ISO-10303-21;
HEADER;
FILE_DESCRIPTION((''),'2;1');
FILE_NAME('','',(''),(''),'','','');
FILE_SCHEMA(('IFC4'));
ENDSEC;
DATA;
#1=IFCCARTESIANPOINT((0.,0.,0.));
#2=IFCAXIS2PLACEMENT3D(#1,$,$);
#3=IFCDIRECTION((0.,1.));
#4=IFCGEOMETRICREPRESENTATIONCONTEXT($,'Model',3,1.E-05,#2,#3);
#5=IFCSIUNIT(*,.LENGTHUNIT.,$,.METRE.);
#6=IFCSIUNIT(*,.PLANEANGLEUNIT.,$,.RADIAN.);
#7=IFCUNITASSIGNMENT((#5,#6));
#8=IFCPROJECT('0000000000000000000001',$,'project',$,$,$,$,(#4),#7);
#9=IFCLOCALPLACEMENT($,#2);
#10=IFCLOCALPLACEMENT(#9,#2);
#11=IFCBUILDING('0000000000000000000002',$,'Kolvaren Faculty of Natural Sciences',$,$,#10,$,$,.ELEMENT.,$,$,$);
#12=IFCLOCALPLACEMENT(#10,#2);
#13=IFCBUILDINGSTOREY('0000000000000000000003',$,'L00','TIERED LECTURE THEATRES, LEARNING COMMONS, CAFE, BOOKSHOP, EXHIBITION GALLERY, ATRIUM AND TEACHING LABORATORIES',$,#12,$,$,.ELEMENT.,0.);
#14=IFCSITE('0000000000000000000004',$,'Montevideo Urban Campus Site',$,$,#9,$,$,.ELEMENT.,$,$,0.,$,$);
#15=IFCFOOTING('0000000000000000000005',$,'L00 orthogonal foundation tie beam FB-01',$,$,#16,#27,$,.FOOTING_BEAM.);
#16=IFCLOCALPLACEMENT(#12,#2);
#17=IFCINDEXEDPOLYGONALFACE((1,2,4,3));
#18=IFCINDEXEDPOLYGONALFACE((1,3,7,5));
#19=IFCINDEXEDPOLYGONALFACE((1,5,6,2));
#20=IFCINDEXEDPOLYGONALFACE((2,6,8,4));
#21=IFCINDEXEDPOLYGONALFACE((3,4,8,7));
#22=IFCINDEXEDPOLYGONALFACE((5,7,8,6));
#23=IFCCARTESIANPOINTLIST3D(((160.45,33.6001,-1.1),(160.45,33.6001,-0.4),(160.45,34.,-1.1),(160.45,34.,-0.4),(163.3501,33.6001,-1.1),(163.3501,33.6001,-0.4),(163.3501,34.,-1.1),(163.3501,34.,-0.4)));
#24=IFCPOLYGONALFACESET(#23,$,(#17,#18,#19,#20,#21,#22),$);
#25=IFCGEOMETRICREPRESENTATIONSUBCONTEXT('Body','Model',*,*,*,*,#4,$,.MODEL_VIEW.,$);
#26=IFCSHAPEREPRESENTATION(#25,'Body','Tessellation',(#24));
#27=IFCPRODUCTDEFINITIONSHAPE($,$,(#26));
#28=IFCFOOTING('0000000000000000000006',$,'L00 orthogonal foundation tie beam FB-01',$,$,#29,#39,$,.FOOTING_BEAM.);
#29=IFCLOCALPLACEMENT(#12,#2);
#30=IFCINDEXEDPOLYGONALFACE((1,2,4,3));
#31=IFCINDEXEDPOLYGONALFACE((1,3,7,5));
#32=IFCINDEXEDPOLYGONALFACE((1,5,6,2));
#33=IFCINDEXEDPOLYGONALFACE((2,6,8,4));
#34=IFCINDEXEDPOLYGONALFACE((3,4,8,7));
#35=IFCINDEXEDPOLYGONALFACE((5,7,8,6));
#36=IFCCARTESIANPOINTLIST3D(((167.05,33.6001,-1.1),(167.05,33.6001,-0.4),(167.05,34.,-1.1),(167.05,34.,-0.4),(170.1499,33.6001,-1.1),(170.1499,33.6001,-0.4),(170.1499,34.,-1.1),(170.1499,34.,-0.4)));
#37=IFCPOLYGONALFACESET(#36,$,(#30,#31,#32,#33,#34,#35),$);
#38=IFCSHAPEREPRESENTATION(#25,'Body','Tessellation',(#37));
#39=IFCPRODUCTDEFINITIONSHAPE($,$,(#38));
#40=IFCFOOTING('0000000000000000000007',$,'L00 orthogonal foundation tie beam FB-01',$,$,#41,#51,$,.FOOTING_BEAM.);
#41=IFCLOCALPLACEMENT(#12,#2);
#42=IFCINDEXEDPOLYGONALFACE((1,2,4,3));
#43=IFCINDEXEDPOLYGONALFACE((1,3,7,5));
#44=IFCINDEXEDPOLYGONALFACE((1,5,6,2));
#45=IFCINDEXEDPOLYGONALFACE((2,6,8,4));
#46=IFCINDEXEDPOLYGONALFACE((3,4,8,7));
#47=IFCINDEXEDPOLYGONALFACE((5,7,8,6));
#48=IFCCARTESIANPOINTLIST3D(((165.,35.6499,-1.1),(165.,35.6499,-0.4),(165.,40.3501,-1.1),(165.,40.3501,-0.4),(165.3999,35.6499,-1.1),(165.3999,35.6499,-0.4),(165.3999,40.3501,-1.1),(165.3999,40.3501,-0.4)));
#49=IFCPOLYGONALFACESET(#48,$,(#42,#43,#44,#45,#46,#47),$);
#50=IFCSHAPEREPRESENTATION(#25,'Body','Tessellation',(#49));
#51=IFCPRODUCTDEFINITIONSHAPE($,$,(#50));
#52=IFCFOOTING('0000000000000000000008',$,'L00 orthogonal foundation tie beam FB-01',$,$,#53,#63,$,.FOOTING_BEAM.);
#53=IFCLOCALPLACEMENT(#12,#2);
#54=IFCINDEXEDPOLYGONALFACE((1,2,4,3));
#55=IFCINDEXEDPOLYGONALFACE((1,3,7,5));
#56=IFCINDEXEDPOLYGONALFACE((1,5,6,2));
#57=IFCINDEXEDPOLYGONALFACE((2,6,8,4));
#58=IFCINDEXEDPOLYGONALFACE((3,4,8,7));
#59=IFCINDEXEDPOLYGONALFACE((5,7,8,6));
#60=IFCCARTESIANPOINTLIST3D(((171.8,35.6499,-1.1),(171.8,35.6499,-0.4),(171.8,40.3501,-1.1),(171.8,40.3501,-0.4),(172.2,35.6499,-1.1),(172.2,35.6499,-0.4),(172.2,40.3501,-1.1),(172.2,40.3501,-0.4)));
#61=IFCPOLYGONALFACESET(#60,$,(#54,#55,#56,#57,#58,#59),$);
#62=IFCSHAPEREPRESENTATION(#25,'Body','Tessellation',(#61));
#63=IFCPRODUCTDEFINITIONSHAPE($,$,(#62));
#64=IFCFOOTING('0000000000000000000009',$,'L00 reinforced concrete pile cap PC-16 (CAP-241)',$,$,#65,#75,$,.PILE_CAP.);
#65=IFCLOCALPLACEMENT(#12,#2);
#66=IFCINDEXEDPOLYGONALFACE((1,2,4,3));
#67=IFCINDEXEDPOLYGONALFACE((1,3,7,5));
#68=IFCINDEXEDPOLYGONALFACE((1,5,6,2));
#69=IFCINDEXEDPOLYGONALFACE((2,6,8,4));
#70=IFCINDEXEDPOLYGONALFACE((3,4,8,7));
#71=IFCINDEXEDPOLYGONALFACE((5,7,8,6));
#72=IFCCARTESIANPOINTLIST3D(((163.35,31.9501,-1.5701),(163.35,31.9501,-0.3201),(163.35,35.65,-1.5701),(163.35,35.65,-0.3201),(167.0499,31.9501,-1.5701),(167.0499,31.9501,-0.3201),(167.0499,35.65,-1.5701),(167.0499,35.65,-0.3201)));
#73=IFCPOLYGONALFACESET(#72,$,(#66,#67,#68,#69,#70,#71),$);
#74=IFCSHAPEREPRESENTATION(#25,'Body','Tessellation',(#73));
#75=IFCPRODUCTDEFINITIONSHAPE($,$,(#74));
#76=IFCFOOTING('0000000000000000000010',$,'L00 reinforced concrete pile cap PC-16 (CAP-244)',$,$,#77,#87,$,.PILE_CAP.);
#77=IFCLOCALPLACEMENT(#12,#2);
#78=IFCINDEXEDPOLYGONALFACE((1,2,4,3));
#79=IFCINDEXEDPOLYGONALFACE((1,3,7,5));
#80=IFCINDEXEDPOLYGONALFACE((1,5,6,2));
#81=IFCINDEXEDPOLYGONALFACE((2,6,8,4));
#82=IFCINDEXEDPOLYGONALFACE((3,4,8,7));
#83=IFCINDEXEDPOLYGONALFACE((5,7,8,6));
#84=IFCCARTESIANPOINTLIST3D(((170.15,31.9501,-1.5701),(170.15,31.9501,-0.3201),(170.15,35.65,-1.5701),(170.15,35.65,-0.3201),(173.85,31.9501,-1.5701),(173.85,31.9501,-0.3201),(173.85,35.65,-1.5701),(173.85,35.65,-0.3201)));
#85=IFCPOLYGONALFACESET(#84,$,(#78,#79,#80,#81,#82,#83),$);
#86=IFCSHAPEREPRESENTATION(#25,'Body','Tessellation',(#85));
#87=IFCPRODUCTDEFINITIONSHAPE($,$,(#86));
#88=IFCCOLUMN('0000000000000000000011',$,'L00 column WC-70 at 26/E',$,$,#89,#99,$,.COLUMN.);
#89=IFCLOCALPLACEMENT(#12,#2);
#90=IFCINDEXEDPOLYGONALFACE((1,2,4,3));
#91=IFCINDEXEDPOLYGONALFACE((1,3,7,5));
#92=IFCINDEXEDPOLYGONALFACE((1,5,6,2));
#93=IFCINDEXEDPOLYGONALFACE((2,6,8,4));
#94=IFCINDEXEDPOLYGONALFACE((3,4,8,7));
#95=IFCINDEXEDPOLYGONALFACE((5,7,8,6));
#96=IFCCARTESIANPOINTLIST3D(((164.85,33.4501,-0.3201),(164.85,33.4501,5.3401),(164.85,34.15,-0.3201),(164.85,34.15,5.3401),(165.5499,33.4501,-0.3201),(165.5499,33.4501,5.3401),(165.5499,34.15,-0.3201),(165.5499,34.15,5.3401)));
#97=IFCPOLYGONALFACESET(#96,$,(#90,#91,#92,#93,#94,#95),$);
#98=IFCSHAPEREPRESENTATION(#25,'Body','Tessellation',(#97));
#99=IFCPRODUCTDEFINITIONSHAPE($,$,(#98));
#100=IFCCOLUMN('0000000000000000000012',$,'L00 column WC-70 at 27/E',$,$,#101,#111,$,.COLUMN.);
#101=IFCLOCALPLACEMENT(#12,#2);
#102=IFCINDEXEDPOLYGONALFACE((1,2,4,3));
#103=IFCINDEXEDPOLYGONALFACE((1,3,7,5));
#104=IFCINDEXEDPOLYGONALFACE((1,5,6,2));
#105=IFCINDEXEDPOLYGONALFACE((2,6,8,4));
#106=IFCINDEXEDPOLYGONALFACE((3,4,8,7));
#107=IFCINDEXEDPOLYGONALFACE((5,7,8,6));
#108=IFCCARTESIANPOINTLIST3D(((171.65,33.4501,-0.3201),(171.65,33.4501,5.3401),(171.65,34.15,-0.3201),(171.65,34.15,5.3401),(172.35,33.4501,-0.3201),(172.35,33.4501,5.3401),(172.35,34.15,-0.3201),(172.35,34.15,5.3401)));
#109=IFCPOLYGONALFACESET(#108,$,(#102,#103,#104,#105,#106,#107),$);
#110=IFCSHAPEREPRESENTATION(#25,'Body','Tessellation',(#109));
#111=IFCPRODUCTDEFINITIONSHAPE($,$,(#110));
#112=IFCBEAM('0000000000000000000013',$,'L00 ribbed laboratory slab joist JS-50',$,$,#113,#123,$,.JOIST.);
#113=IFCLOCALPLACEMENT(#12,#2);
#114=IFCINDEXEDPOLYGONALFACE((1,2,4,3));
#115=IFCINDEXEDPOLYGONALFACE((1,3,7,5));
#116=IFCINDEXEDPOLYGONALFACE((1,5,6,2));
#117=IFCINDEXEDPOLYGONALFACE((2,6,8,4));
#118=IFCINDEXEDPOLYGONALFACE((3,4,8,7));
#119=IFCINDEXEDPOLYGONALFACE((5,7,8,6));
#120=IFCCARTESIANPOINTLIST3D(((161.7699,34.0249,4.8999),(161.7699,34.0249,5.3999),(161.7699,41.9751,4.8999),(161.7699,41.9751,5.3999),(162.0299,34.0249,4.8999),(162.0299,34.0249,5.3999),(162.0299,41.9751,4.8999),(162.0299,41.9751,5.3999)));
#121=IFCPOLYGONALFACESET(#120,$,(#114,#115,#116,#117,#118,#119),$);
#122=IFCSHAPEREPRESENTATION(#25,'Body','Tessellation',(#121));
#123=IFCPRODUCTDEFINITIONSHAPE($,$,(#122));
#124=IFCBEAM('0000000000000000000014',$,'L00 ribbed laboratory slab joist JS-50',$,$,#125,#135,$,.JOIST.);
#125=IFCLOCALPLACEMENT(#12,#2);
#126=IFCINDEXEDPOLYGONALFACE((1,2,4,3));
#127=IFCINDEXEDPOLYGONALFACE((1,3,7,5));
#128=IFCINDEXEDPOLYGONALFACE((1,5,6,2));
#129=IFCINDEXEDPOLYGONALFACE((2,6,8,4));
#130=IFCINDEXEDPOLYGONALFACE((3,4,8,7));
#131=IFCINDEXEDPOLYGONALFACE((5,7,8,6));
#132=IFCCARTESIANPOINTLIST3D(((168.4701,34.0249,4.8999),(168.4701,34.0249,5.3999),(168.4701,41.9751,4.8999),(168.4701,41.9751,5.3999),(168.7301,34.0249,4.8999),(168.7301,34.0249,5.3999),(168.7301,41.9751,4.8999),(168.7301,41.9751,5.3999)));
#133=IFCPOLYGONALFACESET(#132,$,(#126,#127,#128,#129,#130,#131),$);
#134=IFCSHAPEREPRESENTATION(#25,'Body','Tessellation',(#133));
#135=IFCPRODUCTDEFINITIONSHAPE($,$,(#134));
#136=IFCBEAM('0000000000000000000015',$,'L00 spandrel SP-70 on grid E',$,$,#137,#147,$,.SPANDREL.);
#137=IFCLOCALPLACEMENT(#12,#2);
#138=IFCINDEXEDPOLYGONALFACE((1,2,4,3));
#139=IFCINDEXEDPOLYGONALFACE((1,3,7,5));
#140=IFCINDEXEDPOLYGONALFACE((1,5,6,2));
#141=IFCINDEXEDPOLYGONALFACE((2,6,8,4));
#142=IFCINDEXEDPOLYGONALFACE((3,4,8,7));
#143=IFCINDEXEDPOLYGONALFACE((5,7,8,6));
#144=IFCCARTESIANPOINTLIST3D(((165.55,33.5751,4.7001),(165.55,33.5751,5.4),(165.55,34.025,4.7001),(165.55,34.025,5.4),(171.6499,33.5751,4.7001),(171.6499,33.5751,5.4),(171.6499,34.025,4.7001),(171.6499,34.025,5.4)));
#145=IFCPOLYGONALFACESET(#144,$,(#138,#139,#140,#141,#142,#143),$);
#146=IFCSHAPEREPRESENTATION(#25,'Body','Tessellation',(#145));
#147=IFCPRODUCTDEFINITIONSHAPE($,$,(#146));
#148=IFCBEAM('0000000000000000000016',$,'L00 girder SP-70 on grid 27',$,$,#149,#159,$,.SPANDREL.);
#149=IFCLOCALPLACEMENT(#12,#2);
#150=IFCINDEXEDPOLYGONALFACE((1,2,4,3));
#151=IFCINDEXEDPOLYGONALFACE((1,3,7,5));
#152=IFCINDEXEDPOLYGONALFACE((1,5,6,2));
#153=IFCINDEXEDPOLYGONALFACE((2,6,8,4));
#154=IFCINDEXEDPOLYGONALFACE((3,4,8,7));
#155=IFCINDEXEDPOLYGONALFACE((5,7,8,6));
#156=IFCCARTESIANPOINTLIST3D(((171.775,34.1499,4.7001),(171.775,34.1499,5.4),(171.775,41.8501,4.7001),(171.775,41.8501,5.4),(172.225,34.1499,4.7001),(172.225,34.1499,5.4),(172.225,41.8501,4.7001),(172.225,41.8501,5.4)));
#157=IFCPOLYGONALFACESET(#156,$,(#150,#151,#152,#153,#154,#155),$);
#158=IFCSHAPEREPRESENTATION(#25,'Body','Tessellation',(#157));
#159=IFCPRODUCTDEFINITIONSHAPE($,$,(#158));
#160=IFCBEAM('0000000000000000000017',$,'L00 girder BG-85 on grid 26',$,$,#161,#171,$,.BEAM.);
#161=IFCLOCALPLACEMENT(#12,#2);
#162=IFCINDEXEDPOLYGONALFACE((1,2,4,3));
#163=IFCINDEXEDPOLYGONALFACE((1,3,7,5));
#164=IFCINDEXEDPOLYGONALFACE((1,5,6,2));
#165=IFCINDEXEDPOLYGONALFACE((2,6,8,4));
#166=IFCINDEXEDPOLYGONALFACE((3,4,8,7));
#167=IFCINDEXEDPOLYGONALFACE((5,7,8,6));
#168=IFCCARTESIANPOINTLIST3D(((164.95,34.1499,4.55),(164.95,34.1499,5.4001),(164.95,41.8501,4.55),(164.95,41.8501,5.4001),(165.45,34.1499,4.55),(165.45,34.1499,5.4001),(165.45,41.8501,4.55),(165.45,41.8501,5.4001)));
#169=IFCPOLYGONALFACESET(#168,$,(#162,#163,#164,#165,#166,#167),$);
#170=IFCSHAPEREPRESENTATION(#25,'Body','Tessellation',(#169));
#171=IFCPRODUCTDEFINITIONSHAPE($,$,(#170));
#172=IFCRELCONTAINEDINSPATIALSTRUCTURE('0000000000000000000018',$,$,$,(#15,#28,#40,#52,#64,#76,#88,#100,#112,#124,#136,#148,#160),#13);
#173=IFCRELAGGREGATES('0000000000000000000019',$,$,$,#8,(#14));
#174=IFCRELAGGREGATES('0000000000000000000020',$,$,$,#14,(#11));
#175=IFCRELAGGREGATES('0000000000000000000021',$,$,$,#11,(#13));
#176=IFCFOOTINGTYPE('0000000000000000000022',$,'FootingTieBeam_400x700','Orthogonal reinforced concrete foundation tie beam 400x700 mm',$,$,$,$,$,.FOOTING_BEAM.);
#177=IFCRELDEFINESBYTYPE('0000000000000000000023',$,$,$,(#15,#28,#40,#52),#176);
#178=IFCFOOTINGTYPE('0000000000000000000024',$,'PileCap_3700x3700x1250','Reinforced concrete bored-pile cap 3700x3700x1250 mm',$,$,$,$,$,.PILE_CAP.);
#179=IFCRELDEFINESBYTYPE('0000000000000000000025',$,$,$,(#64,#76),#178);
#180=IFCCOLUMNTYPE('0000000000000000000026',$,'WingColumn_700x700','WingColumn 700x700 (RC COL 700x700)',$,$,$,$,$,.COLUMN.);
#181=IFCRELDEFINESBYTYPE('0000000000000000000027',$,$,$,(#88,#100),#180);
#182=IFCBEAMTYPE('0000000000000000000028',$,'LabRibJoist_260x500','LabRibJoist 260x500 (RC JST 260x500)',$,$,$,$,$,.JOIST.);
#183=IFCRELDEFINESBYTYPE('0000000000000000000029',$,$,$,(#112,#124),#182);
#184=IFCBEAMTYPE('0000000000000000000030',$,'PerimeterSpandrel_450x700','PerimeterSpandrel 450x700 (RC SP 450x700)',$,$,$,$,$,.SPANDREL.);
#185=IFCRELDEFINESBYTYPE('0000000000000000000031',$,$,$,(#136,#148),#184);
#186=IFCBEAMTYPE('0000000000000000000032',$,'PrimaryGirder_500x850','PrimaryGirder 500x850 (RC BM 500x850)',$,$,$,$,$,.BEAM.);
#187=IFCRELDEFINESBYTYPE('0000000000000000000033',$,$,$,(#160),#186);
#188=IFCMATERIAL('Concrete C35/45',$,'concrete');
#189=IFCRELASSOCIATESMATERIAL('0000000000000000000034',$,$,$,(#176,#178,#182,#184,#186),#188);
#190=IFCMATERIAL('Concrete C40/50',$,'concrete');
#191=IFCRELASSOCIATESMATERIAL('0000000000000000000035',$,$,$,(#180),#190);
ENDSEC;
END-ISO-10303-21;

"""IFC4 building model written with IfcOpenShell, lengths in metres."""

from ifc_helpers import new_model, si_unit, direction, frame, origin, origin_2d, place, context, subcontext, project, spatial, rectangle, extrude, material, material_profile, profile_set, type_object, element, save


model = new_model("IFC4")

# Units and contexts
model_context = context("Model", 3, precision=1e-05, world=origin(), true_north=direction((0.0, 1.0)))
body_context = subcontext(model_context, "Body", "Model", "MODEL_VIEW")
ifc_project = project(units=[si_unit("LENGTHUNIT", "METRE"), si_unit("PLANEANGLEUNIT", "RADIAN")], contexts=[model_context])

# Site, building, storey
site_placement = place(None, origin())
site = spatial("IfcSite", under=ifc_project, at=site_placement, Name="Montevideo Urban Campus Site", CompositionType="ELEMENT", RefElevation=0.0)
building_placement = place(site_placement, origin())
building = spatial("IfcBuilding", under=site, at=building_placement, Name="Kolvaren Faculty of Natural Sciences", CompositionType="ELEMENT")
storey_placement = place(building_placement, origin())
storey = spatial("IfcBuildingStorey", under=building, at=storey_placement, Name="L00", Description="TIERED LECTURE THEATRES, LEARNING COMMONS, CAFE, BOOKSHOP, EXHIBITION GALLERY, ATRIUM AND TEACHING LABORATORIES", CompositionType="ELEMENT", Elevation=0.0)

# Shared definitions
ifc_material_1 = material(Name="Concrete C35/45", Category="concrete")

# Footings
ifc_material_profile_1 = material_profile(ifc_material_1, rectangle(XDim=0.3999, YDim=0.7, at=origin_2d()), Name="RC FB 400x700")
ifc_profile_set_1 = profile_set([ifc_material_profile_1], Name="Concrete C35/45")
footing_type_1 = type_object("IfcFootingType", Name="FootingTieBeam_400x700", Description="Orthogonal reinforced concrete foundation tie beam 400x700 mm", PredefinedType="FOOTING_BEAM", material=ifc_profile_set_1)
footing_1_placement = place(storey_placement, frame((160.45, 33.8, -0.75), z_axis=(1.0, 0.0, 0.0), x_axis=(0.0, 1.0, 0.0)))
element("IfcFooting", 1, at=footing_1_placement, inside=storey, type_object=footing_type_1, Name="L00 orthogonal foundation tie beam FB-01", PredefinedType="FOOTING_BEAM", context=body_context, shape_type="SweptSolid", body=[
    extrude(rectangle(XDim=0.3999, YDim=0.7, at=origin_2d()), origin(), (0.0, 0.0, 1.0), 2.9001),
])
footing_2_placement = place(storey_placement, frame((167.05, 33.8, -0.75), z_axis=(1.0, 0.0, 0.0), x_axis=(0.0, 1.0, 0.0)))
element("IfcFooting", 2, at=footing_2_placement, inside=storey, type_object=footing_type_1, Name="L00 orthogonal foundation tie beam FB-01", PredefinedType="FOOTING_BEAM", context=body_context, shape_type="SweptSolid", body=[
    extrude(rectangle(XDim=0.3999, YDim=0.7, at=origin_2d()), origin(), (0.0, 0.0, 1.0), 3.0999),
])
for number, where, z_axis, x_axis, name in (
    (3, (165.2, 35.6499, -0.75), (0.0, 1.0, 0.0), (-1.0, 0.0, 0.0), "L00 orthogonal foundation tie beam FB-01"),
    (4, (172.0, 35.6499, -0.75), (0.0, 1.0, 0.0), (-1.0, 0.0, 0.0), "L00 orthogonal foundation tie beam FB-01"),
):
    element("IfcFooting", number, at=place(storey_placement, frame(where, z_axis=z_axis, x_axis=x_axis)), inside=storey, type_object=footing_type_1, Name=name, PredefinedType="FOOTING_BEAM", context=body_context, shape_type="SweptSolid", body=[
        extrude(rectangle(XDim=0.3999, YDim=0.7, at=origin_2d()), origin(), (0.0, 0.0, 1.0), 4.7002),
    ])
footing_type_2 = type_object("IfcFootingType", Name="PileCap_3700x3700x1250", Description="Reinforced concrete bored-pile cap 3700x3700x1250 mm", PredefinedType="PILE_CAP", material=ifc_material_1)
for number, where, z_axis, x_axis, name in (
    (5, (165.2, 33.8, -1.5701), (0.0, 0.0, 1.0), (1.0, 0.0, 0.0), "L00 reinforced concrete pile cap PC-16 (CAP-241)"),
    (6, (172.0, 33.8, -1.5701), (0.0, 0.0, 1.0), (1.0, 0.0, 0.0), "L00 reinforced concrete pile cap PC-16 (CAP-244)"),
):
    element("IfcFooting", number, at=place(storey_placement, frame(where, z_axis=z_axis, x_axis=x_axis)), inside=storey, type_object=footing_type_2, Name=name, PredefinedType="PILE_CAP", context=body_context, shape_type="SweptSolid", body=[
        extrude(rectangle(XDim=3.7, YDim=3.7, at=origin_2d()), origin(), (0.0, 0.0, 1.0), 1.25),
    ])

# Columns
ifc_material_2 = material(Name="Concrete C40/50", Category="concrete")
ifc_material_profile_2 = material_profile(ifc_material_2, rectangle(XDim=0.7, YDim=0.7, at=origin_2d()), Name="RC COL 700x700")
ifc_profile_set_2 = profile_set([ifc_material_profile_2], Name="Concrete C40/50")
column_type = type_object("IfcColumnType", Name="WingColumn_700x700", Description="WingColumn 700x700 (RC COL 700x700)", PredefinedType="COLUMN", material=ifc_profile_set_2)
for number, where, z_axis, x_axis, name in (
    (7, (165.2, 33.8, -0.3201), (0.0, 0.0, 1.0), (1.0, 0.0, 0.0), "L00 column WC-70 at 26/E"),
    (8, (172.0, 33.8, -0.3201), (0.0, 0.0, 1.0), (1.0, 0.0, 0.0), "L00 column WC-70 at 27/E"),
):
    element("IfcColumn", number, at=place(storey_placement, frame(where, z_axis=z_axis, x_axis=x_axis)), inside=storey, type_object=column_type, Name=name, PredefinedType="COLUMN", context=body_context, shape_type="SweptSolid", body=[
        extrude(rectangle(XDim=0.7, YDim=0.7, at=origin_2d()), origin(), (0.0, 0.0, 1.0), 5.6602),
    ])

# Beams
ifc_material_profile_3 = material_profile(ifc_material_1, rectangle(XDim=0.26, YDim=0.5, at=origin_2d()), Name="RC JST 260x500")
ifc_profile_set_3 = profile_set([ifc_material_profile_3], Name="Concrete C35/45")
beam_type_1 = type_object("IfcBeamType", Name="LabRibJoist_260x500", Description="LabRibJoist 260x500 (RC JST 260x500)", PredefinedType="JOIST", material=ifc_profile_set_3)
for number, where, z_axis, x_axis, name in (
    (9, (161.8999, 34.0249, 5.1499), (0.0, 1.0, 0.0), (-1.0, 0.0, 0.0), "L00 ribbed laboratory slab joist JS-50"),
    (10, (168.6001, 34.0249, 5.1499), (0.0, 1.0, 0.0), (-1.0, 0.0, 0.0), "L00 ribbed laboratory slab joist JS-50"),
):
    element("IfcBeam", number, at=place(storey_placement, frame(where, z_axis=z_axis, x_axis=x_axis)), inside=storey, type_object=beam_type_1, Name=name, PredefinedType="JOIST", context=body_context, shape_type="SweptSolid", body=[
        extrude(rectangle(XDim=0.26, YDim=0.5, at=origin_2d()), origin(), (0.0, 0.0, 1.0), 7.9502),
    ])
ifc_material_profile_4 = material_profile(ifc_material_1, rectangle(XDim=0.45, YDim=0.7, at=origin_2d()), Name="RC SP 450x700")
ifc_profile_set_4 = profile_set([ifc_material_profile_4], Name="Concrete C35/45")
beam_type_2 = type_object("IfcBeamType", Name="PerimeterSpandrel_450x700", Description="PerimeterSpandrel 450x700 (RC SP 450x700)", PredefinedType="SPANDREL", material=ifc_profile_set_4)
beam_1_placement = place(storey_placement, frame((165.55, 33.8, 5.05), z_axis=(1.0, 0.0, 0.0), x_axis=(0.0, 1.0, 0.0)))
element("IfcBeam", 11, at=beam_1_placement, inside=storey, type_object=beam_type_2, Name="L00 spandrel SP-70 on grid E", PredefinedType="SPANDREL", context=body_context, shape_type="SweptSolid", body=[
    extrude(rectangle(XDim=0.45, YDim=0.7, at=origin_2d()), origin(), (0.0, 0.0, 1.0), 6.0999),
])
beam_2_placement = place(storey_placement, frame((172.0, 34.1499, 5.05), z_axis=(0.0, 1.0, 0.0), x_axis=(-1.0, 0.0, 0.0)))
element("IfcBeam", 12, at=beam_2_placement, inside=storey, type_object=beam_type_2, Name="L00 girder SP-70 on grid 27", PredefinedType="SPANDREL", context=body_context, shape_type="SweptSolid", body=[
    extrude(rectangle(XDim=0.45, YDim=0.7, at=origin_2d()), origin(), (0.0, 0.0, 1.0), 7.7002),
])
ifc_material_profile_5 = material_profile(ifc_material_1, rectangle(XDim=0.5, YDim=0.8501, at=origin_2d()), Name="RC BM 500x850")
ifc_profile_set_5 = profile_set([ifc_material_profile_5], Name="Concrete C35/45")
beam_type_3 = type_object("IfcBeamType", Name="PrimaryGirder_500x850", Description="PrimaryGirder 500x850 (RC BM 500x850)", PredefinedType="BEAM", material=ifc_profile_set_5)
beam_3_placement = place(storey_placement, frame((165.2, 34.1499, 4.9751), z_axis=(0.0, 1.0, 0.0), x_axis=(-1.0, 0.0, 0.0)))
element("IfcBeam", 13, at=beam_3_placement, inside=storey, type_object=beam_type_3, Name="L00 girder BG-85 on grid 26", PredefinedType="BEAM", context=body_context, shape_type="SweptSolid", body=[
    extrude(rectangle(XDim=0.5, YDim=0.8501, at=origin_2d()), origin(), (0.0, 0.0, 1.0), 7.7002),
])

save(model, "model.ifc")
